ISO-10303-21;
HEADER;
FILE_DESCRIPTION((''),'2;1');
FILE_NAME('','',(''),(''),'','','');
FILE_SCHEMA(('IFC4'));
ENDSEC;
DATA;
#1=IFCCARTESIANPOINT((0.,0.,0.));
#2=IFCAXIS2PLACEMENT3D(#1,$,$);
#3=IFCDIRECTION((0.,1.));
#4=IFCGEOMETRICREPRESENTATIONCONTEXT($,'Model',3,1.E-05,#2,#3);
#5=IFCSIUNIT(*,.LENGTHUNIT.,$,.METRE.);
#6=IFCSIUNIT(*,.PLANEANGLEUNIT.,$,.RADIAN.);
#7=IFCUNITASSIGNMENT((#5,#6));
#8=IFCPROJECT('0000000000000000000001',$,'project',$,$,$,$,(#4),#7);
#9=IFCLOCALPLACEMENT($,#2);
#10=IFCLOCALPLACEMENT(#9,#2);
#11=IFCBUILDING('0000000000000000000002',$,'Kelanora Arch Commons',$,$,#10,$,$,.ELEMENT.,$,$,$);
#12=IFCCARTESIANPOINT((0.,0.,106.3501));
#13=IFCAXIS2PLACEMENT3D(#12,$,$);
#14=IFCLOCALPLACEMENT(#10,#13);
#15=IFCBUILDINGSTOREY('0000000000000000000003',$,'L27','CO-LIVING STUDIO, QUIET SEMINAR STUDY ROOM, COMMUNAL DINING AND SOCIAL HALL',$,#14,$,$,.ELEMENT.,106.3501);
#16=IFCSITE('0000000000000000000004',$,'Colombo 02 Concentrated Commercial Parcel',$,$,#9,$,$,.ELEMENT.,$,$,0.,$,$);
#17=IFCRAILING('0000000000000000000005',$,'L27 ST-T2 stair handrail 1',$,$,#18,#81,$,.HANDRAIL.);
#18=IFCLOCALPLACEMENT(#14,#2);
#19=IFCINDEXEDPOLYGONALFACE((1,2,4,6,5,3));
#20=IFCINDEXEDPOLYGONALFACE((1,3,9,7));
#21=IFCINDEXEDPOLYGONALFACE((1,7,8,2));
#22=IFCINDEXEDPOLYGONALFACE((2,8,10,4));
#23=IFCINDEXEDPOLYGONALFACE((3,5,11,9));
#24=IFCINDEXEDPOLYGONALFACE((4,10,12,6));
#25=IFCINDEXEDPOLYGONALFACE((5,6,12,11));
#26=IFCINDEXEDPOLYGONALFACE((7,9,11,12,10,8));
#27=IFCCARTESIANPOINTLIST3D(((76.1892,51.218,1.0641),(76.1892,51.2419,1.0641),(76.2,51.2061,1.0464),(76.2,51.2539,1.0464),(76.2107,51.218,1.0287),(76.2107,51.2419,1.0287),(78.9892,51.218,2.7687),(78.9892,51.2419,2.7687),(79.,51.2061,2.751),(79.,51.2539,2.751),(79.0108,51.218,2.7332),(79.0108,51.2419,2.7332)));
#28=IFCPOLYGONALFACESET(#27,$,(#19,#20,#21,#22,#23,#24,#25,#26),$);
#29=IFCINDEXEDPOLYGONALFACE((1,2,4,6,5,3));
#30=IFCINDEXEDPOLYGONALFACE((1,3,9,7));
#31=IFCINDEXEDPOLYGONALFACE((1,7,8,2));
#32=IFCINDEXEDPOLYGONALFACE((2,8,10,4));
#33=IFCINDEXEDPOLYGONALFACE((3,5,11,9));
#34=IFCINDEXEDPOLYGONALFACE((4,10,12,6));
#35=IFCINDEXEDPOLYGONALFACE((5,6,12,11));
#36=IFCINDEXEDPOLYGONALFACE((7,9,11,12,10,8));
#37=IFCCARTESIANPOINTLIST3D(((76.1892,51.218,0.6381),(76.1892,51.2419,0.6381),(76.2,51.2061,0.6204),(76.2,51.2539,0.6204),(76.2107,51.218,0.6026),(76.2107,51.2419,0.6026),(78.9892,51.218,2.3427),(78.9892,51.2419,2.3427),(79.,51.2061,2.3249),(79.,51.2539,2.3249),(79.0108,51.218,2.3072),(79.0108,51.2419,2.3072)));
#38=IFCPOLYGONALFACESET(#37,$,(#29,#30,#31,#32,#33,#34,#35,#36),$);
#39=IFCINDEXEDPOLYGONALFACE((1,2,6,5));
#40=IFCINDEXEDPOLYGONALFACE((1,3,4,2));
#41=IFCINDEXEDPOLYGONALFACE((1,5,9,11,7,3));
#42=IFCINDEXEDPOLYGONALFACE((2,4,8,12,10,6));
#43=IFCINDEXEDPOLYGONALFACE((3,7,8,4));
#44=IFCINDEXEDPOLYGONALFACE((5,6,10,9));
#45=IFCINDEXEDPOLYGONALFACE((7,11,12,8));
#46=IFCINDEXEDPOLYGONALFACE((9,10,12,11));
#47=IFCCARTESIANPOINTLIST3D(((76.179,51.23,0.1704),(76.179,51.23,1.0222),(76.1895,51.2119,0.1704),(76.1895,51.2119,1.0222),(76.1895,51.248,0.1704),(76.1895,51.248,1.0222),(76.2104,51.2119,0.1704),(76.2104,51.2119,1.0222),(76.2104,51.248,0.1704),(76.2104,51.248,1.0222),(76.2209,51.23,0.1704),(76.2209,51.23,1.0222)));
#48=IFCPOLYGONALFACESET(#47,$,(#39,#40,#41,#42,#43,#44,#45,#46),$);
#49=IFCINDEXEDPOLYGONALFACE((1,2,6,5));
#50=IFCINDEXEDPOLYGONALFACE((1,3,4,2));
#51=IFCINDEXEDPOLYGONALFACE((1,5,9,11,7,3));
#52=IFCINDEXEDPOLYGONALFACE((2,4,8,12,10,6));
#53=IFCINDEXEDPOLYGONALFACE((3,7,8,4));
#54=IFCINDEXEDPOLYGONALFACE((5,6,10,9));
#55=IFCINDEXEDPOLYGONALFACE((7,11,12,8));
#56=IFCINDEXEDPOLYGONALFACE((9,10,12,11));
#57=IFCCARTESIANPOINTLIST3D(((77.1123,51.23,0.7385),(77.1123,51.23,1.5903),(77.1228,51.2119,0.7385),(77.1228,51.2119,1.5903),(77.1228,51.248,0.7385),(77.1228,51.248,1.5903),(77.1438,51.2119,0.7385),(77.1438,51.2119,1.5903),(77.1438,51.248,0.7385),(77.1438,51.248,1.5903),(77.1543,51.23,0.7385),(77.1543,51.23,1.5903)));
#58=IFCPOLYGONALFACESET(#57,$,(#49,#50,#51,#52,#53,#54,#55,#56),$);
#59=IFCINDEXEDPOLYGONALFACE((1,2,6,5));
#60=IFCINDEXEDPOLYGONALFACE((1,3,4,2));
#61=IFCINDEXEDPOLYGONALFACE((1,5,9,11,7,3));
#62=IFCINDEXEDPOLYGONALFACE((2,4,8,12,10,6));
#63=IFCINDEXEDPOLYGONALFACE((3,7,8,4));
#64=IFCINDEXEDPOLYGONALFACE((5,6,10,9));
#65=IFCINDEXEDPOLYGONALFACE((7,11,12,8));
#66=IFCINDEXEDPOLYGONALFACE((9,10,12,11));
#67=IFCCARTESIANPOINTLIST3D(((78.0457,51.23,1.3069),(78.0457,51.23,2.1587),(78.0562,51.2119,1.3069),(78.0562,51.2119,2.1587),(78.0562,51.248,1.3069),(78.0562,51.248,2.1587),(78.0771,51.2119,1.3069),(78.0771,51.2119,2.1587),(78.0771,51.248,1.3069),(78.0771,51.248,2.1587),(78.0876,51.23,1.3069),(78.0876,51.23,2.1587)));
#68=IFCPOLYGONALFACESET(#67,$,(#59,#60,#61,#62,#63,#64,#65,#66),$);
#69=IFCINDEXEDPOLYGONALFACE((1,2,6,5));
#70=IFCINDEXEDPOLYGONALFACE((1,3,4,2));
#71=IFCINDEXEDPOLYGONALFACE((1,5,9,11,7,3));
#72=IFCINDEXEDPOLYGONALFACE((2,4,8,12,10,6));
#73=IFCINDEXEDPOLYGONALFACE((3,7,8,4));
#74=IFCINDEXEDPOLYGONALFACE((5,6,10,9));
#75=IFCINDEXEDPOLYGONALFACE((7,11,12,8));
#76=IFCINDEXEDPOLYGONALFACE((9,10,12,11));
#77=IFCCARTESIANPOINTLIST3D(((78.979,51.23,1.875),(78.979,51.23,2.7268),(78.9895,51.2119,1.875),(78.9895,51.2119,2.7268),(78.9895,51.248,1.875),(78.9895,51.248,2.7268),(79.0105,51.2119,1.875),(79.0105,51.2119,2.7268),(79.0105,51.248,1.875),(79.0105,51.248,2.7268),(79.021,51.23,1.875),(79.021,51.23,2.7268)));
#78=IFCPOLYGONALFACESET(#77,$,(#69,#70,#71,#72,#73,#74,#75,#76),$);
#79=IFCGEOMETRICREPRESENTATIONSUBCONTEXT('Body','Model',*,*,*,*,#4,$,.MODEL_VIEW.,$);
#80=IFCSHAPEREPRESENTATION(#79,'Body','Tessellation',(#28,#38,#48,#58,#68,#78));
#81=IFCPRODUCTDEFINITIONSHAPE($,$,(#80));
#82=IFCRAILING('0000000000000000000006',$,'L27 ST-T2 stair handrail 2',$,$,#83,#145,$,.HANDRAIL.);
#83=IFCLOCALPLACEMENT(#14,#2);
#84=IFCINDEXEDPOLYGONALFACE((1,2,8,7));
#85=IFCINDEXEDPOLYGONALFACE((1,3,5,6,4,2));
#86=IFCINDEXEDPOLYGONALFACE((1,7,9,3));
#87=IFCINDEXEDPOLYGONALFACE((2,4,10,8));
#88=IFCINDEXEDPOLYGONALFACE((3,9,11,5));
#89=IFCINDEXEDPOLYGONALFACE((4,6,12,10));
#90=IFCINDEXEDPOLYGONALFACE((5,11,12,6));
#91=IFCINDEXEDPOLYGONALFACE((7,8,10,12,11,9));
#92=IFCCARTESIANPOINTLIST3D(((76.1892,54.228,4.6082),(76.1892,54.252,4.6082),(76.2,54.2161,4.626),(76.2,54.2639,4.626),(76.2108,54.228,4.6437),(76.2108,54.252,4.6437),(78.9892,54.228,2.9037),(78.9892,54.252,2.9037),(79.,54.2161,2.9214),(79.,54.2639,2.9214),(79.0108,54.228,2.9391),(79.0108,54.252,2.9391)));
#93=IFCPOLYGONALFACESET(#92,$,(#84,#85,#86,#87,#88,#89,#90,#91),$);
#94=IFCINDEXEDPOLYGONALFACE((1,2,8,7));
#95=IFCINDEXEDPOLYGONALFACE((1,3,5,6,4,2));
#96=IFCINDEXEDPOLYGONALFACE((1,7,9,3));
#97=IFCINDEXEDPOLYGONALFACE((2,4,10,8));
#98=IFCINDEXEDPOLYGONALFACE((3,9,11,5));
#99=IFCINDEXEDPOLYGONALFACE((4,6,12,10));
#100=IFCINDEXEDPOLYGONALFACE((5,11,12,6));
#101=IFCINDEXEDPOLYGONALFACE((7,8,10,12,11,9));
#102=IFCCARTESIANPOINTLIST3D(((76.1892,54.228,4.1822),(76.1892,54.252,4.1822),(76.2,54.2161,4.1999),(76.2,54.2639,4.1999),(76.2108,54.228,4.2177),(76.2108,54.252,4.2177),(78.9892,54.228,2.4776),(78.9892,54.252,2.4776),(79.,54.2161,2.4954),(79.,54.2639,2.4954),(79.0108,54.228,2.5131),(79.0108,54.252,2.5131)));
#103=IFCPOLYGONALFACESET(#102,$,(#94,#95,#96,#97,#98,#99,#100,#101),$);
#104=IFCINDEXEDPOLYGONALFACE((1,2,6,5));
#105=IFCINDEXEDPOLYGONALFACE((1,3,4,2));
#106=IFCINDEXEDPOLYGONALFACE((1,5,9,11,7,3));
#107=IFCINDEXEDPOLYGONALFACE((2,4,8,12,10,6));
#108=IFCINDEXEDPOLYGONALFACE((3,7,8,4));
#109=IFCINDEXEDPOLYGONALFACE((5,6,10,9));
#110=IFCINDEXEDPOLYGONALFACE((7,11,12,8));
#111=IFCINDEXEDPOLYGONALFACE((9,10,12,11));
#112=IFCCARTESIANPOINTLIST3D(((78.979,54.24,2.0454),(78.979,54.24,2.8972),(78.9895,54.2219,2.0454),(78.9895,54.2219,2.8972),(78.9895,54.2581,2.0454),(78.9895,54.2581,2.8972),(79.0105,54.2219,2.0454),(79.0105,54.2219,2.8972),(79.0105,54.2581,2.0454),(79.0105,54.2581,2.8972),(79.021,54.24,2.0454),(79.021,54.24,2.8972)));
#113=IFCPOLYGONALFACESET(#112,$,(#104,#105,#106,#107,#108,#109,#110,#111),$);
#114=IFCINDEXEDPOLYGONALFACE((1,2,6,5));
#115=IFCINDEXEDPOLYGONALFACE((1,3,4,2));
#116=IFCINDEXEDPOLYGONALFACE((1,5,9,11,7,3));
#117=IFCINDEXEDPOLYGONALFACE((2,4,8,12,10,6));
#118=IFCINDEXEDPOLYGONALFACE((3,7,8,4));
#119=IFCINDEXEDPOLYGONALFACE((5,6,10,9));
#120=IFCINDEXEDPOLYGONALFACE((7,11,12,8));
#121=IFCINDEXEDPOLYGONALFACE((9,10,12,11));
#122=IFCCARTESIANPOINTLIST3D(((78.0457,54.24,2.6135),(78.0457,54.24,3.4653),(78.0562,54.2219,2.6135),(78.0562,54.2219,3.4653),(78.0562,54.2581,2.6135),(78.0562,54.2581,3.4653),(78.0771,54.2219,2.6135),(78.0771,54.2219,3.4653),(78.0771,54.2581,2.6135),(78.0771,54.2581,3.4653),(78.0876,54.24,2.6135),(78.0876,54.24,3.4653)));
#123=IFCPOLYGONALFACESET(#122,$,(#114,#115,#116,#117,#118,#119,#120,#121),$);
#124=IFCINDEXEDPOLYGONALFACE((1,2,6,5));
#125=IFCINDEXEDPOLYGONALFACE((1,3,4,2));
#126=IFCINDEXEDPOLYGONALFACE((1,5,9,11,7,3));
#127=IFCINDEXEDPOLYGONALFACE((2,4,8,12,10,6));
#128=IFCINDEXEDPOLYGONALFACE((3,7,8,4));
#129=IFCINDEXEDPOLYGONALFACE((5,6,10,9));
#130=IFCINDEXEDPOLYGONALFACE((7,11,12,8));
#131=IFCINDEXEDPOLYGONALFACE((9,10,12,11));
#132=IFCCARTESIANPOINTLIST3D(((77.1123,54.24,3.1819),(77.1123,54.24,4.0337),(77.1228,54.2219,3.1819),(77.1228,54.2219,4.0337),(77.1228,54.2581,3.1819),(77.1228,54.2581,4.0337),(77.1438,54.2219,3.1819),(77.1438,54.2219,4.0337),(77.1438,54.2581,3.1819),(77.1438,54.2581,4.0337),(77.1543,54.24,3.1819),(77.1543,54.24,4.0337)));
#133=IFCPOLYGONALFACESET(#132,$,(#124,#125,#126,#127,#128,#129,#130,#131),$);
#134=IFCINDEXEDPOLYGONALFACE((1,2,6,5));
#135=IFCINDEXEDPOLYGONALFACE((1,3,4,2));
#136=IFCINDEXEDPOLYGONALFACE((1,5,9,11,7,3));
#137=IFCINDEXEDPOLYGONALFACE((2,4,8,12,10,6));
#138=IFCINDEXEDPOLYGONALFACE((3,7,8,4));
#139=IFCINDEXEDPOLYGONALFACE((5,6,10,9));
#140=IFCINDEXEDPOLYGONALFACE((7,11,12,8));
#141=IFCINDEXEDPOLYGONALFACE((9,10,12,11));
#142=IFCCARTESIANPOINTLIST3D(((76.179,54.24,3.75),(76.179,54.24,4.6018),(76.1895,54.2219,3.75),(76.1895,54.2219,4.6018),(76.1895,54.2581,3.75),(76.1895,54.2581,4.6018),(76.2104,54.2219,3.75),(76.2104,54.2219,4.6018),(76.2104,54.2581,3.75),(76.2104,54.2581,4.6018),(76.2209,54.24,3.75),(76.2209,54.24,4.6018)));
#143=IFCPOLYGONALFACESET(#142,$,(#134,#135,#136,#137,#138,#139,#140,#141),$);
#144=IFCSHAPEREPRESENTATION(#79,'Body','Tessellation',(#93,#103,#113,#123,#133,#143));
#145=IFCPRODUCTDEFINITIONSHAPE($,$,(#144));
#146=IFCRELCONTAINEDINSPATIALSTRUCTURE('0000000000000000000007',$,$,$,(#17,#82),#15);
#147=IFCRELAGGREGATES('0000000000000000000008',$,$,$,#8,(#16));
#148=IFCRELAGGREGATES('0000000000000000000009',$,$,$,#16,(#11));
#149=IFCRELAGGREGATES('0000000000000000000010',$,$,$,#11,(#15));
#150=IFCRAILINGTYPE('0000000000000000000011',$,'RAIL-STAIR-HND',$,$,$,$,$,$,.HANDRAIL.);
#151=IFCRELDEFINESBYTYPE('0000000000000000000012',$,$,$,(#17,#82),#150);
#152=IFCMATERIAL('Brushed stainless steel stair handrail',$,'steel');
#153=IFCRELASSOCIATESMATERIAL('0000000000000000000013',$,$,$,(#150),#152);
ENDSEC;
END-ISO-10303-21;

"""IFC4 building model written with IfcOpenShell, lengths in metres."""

from ifc_helpers import new_model, si_unit, direction, frame, origin, place, context, subcontext, project, spatial, polyline, outline, extrude, material, type_object, element, save


model = new_model("IFC4")

# Units and contexts
model_context = context("Model", 3, precision=1e-05, world=origin(), true_north=direction((0.0, 1.0)))
body_context = subcontext(model_context, "Body", "Model", "MODEL_VIEW")
ifc_project = project(units=[si_unit("LENGTHUNIT", "METRE"), si_unit("PLANEANGLEUNIT", "RADIAN")], contexts=[model_context])

# Site, building, storey
site_placement = place(None, origin())
site = spatial("IfcSite", under=ifc_project, at=site_placement, Name="Colombo 02 Concentrated Commercial Parcel", CompositionType="ELEMENT", RefElevation=0.0)
building_placement = place(site_placement, origin())
building = spatial("IfcBuilding", under=site, at=building_placement, Name="Kelanora Arch Commons", CompositionType="ELEMENT")
storey_placement = place(building_placement, frame((0.0, 0.0, 106.3501)))
storey = spatial("IfcBuildingStorey", under=building, at=storey_placement, Name="L27", Description="CO-LIVING STUDIO, QUIET SEMINAR STUDY ROOM, COMMUNAL DINING AND SOCIAL HALL", CompositionType="ELEMENT", Elevation=106.3501)

# Railings
ifc_material_1 = material(Name="Brushed stainless steel stair handrail", Category="steel")
railing_type_1 = type_object("IfcRailingType", Name="RAIL-STAIR-HND", PredefinedType="HANDRAIL", material=ifc_material_1)
railing_1_placement = place(storey_placement, frame((76.2, 51.23, 0.1704)))
element("IfcRailing", 1, at=railing_1_placement, inside=storey, type_object=railing_type_1, Name="L27 ST-T2 stair handrail 1", PredefinedType="HANDRAIL", context=body_context, shape_type="SweptSolid", body=[
    extrude(outline(polyline([(0.0239, 0.0), (0.012, 0.0208), (-0.012, 0.0208), (-0.0239, 0.0), (-0.012, -0.0208), (0.012, -0.0208), (0.0239, 0.0)])), frame((0.0, 0.0, 0.876), z_axis=(0.85417, 0.0, 0.519994), x_axis=(0.0, 1.0, 0.0)), (0.0, 0.0, 1.0), 3.2781),
    extrude(outline(polyline([(0.0239, 0.0), (0.012, 0.0208), (-0.012, 0.0208), (-0.0239, 0.0), (-0.012, -0.0208), (0.012, -0.0208), (0.0239, 0.0)])), frame((0.0, 0.0, 0.45), z_axis=(0.85417, 0.0, 0.519994), x_axis=(0.0, 1.0, 0.0)), (0.0, 0.0, 1.0), 3.2781),
    extrude(outline(polyline([(0.021, 0.0), (0.0105, 0.0181), (-0.0105, 0.0181), (-0.021, 0.0), (-0.0105, -0.0181), (0.0105, -0.0181), (0.021, 0.0)])), origin(), (0.0, 0.0, 1.0), 0.8518),
    extrude(outline(polyline([(0.021, 0.0), (0.0105, 0.0181), (-0.0105, 0.0181), (-0.021, 0.0), (-0.0105, -0.0181), (0.0105, -0.0181), (0.021, 0.0)])), frame((0.9333, 0.0, 0.5681)), (0.0, 0.0, 1.0), 0.8518),
    extrude(outline(polyline([(0.021, 0.0), (0.0105, 0.0181), (-0.0105, 0.0181), (-0.021, 0.0), (-0.0105, -0.0181), (0.0105, -0.0181), (0.021, 0.0)])), frame((1.8667, 0.0, 1.1365)), (0.0, 0.0, 1.0), 0.8518),
    extrude(outline(polyline([(0.021, 0.0), (0.0105, 0.0181), (-0.0105, 0.0181), (-0.021, 0.0), (-0.0105, -0.0181), (0.0105, -0.0181), (0.021, 0.0)])), frame((2.8, 0.0, 1.7046)), (0.0, 0.0, 1.0), 0.8518),
])
railing_2_placement = place(storey_placement, frame((79.0, 54.24, 2.0454)))
element("IfcRailing", 2, at=railing_2_placement, inside=storey, type_object=railing_type_1, Name="L27 ST-T2 stair handrail 2", PredefinedType="HANDRAIL", context=body_context, shape_type="SweptSolid", body=[
    extrude(outline(polyline([(0.0239, 0.0), (0.012, 0.0208), (-0.012, 0.0208), (-0.0239, 0.0), (-0.012, -0.0208), (0.012, -0.0208), (0.0239, 0.0)])), frame((0.0, 0.0, 0.876), z_axis=(-0.85417, 0.0, 0.519994), x_axis=(0.0, -1.0, 0.0)), (0.0, 0.0, 1.0), 3.2781),
    extrude(outline(polyline([(0.0239, 0.0), (0.012, 0.0208), (-0.012, 0.0208), (-0.0239, 0.0), (-0.012, -0.0208), (0.012, -0.0208), (0.0239, 0.0)])), frame((0.0, 0.0, 0.45), z_axis=(-0.85417, 0.0, 0.519994), x_axis=(0.0, -1.0, 0.0)), (0.0, 0.0, 1.0), 3.2781),
    extrude(outline(polyline([(0.021, 0.0), (0.0105, 0.0181), (-0.0105, 0.0181), (-0.021, 0.0), (-0.0105, -0.0181), (0.0105, -0.0181), (0.021, 0.0)])), origin(), (0.0, 0.0, 1.0), 0.8518),
    extrude(outline(polyline([(0.021, 0.0), (0.0105, 0.0181), (-0.0105, 0.0181), (-0.021, 0.0), (-0.0105, -0.0181), (0.0105, -0.0181), (0.021, 0.0)])), frame((-0.9333, 0.0, 0.5681)), (0.0, 0.0, 1.0), 0.8518),
    extrude(outline(polyline([(0.021, 0.0), (0.0105, 0.0181), (-0.0105, 0.0181), (-0.021, 0.0), (-0.0105, -0.0181), (0.0105, -0.0181), (0.021, 0.0)])), frame((-1.8667, 0.0, 1.1365)), (0.0, 0.0, 1.0), 0.8518),
    extrude(outline(polyline([(0.021, 0.0), (0.0105, 0.0181), (-0.0105, 0.0181), (-0.021, 0.0), (-0.0105, -0.0181), (0.0105, -0.0181), (0.021, 0.0)])), frame((-2.8, 0.0, 1.7046)), (0.0, 0.0, 1.0), 0.8518),
])

save(model, "model.ifc")
